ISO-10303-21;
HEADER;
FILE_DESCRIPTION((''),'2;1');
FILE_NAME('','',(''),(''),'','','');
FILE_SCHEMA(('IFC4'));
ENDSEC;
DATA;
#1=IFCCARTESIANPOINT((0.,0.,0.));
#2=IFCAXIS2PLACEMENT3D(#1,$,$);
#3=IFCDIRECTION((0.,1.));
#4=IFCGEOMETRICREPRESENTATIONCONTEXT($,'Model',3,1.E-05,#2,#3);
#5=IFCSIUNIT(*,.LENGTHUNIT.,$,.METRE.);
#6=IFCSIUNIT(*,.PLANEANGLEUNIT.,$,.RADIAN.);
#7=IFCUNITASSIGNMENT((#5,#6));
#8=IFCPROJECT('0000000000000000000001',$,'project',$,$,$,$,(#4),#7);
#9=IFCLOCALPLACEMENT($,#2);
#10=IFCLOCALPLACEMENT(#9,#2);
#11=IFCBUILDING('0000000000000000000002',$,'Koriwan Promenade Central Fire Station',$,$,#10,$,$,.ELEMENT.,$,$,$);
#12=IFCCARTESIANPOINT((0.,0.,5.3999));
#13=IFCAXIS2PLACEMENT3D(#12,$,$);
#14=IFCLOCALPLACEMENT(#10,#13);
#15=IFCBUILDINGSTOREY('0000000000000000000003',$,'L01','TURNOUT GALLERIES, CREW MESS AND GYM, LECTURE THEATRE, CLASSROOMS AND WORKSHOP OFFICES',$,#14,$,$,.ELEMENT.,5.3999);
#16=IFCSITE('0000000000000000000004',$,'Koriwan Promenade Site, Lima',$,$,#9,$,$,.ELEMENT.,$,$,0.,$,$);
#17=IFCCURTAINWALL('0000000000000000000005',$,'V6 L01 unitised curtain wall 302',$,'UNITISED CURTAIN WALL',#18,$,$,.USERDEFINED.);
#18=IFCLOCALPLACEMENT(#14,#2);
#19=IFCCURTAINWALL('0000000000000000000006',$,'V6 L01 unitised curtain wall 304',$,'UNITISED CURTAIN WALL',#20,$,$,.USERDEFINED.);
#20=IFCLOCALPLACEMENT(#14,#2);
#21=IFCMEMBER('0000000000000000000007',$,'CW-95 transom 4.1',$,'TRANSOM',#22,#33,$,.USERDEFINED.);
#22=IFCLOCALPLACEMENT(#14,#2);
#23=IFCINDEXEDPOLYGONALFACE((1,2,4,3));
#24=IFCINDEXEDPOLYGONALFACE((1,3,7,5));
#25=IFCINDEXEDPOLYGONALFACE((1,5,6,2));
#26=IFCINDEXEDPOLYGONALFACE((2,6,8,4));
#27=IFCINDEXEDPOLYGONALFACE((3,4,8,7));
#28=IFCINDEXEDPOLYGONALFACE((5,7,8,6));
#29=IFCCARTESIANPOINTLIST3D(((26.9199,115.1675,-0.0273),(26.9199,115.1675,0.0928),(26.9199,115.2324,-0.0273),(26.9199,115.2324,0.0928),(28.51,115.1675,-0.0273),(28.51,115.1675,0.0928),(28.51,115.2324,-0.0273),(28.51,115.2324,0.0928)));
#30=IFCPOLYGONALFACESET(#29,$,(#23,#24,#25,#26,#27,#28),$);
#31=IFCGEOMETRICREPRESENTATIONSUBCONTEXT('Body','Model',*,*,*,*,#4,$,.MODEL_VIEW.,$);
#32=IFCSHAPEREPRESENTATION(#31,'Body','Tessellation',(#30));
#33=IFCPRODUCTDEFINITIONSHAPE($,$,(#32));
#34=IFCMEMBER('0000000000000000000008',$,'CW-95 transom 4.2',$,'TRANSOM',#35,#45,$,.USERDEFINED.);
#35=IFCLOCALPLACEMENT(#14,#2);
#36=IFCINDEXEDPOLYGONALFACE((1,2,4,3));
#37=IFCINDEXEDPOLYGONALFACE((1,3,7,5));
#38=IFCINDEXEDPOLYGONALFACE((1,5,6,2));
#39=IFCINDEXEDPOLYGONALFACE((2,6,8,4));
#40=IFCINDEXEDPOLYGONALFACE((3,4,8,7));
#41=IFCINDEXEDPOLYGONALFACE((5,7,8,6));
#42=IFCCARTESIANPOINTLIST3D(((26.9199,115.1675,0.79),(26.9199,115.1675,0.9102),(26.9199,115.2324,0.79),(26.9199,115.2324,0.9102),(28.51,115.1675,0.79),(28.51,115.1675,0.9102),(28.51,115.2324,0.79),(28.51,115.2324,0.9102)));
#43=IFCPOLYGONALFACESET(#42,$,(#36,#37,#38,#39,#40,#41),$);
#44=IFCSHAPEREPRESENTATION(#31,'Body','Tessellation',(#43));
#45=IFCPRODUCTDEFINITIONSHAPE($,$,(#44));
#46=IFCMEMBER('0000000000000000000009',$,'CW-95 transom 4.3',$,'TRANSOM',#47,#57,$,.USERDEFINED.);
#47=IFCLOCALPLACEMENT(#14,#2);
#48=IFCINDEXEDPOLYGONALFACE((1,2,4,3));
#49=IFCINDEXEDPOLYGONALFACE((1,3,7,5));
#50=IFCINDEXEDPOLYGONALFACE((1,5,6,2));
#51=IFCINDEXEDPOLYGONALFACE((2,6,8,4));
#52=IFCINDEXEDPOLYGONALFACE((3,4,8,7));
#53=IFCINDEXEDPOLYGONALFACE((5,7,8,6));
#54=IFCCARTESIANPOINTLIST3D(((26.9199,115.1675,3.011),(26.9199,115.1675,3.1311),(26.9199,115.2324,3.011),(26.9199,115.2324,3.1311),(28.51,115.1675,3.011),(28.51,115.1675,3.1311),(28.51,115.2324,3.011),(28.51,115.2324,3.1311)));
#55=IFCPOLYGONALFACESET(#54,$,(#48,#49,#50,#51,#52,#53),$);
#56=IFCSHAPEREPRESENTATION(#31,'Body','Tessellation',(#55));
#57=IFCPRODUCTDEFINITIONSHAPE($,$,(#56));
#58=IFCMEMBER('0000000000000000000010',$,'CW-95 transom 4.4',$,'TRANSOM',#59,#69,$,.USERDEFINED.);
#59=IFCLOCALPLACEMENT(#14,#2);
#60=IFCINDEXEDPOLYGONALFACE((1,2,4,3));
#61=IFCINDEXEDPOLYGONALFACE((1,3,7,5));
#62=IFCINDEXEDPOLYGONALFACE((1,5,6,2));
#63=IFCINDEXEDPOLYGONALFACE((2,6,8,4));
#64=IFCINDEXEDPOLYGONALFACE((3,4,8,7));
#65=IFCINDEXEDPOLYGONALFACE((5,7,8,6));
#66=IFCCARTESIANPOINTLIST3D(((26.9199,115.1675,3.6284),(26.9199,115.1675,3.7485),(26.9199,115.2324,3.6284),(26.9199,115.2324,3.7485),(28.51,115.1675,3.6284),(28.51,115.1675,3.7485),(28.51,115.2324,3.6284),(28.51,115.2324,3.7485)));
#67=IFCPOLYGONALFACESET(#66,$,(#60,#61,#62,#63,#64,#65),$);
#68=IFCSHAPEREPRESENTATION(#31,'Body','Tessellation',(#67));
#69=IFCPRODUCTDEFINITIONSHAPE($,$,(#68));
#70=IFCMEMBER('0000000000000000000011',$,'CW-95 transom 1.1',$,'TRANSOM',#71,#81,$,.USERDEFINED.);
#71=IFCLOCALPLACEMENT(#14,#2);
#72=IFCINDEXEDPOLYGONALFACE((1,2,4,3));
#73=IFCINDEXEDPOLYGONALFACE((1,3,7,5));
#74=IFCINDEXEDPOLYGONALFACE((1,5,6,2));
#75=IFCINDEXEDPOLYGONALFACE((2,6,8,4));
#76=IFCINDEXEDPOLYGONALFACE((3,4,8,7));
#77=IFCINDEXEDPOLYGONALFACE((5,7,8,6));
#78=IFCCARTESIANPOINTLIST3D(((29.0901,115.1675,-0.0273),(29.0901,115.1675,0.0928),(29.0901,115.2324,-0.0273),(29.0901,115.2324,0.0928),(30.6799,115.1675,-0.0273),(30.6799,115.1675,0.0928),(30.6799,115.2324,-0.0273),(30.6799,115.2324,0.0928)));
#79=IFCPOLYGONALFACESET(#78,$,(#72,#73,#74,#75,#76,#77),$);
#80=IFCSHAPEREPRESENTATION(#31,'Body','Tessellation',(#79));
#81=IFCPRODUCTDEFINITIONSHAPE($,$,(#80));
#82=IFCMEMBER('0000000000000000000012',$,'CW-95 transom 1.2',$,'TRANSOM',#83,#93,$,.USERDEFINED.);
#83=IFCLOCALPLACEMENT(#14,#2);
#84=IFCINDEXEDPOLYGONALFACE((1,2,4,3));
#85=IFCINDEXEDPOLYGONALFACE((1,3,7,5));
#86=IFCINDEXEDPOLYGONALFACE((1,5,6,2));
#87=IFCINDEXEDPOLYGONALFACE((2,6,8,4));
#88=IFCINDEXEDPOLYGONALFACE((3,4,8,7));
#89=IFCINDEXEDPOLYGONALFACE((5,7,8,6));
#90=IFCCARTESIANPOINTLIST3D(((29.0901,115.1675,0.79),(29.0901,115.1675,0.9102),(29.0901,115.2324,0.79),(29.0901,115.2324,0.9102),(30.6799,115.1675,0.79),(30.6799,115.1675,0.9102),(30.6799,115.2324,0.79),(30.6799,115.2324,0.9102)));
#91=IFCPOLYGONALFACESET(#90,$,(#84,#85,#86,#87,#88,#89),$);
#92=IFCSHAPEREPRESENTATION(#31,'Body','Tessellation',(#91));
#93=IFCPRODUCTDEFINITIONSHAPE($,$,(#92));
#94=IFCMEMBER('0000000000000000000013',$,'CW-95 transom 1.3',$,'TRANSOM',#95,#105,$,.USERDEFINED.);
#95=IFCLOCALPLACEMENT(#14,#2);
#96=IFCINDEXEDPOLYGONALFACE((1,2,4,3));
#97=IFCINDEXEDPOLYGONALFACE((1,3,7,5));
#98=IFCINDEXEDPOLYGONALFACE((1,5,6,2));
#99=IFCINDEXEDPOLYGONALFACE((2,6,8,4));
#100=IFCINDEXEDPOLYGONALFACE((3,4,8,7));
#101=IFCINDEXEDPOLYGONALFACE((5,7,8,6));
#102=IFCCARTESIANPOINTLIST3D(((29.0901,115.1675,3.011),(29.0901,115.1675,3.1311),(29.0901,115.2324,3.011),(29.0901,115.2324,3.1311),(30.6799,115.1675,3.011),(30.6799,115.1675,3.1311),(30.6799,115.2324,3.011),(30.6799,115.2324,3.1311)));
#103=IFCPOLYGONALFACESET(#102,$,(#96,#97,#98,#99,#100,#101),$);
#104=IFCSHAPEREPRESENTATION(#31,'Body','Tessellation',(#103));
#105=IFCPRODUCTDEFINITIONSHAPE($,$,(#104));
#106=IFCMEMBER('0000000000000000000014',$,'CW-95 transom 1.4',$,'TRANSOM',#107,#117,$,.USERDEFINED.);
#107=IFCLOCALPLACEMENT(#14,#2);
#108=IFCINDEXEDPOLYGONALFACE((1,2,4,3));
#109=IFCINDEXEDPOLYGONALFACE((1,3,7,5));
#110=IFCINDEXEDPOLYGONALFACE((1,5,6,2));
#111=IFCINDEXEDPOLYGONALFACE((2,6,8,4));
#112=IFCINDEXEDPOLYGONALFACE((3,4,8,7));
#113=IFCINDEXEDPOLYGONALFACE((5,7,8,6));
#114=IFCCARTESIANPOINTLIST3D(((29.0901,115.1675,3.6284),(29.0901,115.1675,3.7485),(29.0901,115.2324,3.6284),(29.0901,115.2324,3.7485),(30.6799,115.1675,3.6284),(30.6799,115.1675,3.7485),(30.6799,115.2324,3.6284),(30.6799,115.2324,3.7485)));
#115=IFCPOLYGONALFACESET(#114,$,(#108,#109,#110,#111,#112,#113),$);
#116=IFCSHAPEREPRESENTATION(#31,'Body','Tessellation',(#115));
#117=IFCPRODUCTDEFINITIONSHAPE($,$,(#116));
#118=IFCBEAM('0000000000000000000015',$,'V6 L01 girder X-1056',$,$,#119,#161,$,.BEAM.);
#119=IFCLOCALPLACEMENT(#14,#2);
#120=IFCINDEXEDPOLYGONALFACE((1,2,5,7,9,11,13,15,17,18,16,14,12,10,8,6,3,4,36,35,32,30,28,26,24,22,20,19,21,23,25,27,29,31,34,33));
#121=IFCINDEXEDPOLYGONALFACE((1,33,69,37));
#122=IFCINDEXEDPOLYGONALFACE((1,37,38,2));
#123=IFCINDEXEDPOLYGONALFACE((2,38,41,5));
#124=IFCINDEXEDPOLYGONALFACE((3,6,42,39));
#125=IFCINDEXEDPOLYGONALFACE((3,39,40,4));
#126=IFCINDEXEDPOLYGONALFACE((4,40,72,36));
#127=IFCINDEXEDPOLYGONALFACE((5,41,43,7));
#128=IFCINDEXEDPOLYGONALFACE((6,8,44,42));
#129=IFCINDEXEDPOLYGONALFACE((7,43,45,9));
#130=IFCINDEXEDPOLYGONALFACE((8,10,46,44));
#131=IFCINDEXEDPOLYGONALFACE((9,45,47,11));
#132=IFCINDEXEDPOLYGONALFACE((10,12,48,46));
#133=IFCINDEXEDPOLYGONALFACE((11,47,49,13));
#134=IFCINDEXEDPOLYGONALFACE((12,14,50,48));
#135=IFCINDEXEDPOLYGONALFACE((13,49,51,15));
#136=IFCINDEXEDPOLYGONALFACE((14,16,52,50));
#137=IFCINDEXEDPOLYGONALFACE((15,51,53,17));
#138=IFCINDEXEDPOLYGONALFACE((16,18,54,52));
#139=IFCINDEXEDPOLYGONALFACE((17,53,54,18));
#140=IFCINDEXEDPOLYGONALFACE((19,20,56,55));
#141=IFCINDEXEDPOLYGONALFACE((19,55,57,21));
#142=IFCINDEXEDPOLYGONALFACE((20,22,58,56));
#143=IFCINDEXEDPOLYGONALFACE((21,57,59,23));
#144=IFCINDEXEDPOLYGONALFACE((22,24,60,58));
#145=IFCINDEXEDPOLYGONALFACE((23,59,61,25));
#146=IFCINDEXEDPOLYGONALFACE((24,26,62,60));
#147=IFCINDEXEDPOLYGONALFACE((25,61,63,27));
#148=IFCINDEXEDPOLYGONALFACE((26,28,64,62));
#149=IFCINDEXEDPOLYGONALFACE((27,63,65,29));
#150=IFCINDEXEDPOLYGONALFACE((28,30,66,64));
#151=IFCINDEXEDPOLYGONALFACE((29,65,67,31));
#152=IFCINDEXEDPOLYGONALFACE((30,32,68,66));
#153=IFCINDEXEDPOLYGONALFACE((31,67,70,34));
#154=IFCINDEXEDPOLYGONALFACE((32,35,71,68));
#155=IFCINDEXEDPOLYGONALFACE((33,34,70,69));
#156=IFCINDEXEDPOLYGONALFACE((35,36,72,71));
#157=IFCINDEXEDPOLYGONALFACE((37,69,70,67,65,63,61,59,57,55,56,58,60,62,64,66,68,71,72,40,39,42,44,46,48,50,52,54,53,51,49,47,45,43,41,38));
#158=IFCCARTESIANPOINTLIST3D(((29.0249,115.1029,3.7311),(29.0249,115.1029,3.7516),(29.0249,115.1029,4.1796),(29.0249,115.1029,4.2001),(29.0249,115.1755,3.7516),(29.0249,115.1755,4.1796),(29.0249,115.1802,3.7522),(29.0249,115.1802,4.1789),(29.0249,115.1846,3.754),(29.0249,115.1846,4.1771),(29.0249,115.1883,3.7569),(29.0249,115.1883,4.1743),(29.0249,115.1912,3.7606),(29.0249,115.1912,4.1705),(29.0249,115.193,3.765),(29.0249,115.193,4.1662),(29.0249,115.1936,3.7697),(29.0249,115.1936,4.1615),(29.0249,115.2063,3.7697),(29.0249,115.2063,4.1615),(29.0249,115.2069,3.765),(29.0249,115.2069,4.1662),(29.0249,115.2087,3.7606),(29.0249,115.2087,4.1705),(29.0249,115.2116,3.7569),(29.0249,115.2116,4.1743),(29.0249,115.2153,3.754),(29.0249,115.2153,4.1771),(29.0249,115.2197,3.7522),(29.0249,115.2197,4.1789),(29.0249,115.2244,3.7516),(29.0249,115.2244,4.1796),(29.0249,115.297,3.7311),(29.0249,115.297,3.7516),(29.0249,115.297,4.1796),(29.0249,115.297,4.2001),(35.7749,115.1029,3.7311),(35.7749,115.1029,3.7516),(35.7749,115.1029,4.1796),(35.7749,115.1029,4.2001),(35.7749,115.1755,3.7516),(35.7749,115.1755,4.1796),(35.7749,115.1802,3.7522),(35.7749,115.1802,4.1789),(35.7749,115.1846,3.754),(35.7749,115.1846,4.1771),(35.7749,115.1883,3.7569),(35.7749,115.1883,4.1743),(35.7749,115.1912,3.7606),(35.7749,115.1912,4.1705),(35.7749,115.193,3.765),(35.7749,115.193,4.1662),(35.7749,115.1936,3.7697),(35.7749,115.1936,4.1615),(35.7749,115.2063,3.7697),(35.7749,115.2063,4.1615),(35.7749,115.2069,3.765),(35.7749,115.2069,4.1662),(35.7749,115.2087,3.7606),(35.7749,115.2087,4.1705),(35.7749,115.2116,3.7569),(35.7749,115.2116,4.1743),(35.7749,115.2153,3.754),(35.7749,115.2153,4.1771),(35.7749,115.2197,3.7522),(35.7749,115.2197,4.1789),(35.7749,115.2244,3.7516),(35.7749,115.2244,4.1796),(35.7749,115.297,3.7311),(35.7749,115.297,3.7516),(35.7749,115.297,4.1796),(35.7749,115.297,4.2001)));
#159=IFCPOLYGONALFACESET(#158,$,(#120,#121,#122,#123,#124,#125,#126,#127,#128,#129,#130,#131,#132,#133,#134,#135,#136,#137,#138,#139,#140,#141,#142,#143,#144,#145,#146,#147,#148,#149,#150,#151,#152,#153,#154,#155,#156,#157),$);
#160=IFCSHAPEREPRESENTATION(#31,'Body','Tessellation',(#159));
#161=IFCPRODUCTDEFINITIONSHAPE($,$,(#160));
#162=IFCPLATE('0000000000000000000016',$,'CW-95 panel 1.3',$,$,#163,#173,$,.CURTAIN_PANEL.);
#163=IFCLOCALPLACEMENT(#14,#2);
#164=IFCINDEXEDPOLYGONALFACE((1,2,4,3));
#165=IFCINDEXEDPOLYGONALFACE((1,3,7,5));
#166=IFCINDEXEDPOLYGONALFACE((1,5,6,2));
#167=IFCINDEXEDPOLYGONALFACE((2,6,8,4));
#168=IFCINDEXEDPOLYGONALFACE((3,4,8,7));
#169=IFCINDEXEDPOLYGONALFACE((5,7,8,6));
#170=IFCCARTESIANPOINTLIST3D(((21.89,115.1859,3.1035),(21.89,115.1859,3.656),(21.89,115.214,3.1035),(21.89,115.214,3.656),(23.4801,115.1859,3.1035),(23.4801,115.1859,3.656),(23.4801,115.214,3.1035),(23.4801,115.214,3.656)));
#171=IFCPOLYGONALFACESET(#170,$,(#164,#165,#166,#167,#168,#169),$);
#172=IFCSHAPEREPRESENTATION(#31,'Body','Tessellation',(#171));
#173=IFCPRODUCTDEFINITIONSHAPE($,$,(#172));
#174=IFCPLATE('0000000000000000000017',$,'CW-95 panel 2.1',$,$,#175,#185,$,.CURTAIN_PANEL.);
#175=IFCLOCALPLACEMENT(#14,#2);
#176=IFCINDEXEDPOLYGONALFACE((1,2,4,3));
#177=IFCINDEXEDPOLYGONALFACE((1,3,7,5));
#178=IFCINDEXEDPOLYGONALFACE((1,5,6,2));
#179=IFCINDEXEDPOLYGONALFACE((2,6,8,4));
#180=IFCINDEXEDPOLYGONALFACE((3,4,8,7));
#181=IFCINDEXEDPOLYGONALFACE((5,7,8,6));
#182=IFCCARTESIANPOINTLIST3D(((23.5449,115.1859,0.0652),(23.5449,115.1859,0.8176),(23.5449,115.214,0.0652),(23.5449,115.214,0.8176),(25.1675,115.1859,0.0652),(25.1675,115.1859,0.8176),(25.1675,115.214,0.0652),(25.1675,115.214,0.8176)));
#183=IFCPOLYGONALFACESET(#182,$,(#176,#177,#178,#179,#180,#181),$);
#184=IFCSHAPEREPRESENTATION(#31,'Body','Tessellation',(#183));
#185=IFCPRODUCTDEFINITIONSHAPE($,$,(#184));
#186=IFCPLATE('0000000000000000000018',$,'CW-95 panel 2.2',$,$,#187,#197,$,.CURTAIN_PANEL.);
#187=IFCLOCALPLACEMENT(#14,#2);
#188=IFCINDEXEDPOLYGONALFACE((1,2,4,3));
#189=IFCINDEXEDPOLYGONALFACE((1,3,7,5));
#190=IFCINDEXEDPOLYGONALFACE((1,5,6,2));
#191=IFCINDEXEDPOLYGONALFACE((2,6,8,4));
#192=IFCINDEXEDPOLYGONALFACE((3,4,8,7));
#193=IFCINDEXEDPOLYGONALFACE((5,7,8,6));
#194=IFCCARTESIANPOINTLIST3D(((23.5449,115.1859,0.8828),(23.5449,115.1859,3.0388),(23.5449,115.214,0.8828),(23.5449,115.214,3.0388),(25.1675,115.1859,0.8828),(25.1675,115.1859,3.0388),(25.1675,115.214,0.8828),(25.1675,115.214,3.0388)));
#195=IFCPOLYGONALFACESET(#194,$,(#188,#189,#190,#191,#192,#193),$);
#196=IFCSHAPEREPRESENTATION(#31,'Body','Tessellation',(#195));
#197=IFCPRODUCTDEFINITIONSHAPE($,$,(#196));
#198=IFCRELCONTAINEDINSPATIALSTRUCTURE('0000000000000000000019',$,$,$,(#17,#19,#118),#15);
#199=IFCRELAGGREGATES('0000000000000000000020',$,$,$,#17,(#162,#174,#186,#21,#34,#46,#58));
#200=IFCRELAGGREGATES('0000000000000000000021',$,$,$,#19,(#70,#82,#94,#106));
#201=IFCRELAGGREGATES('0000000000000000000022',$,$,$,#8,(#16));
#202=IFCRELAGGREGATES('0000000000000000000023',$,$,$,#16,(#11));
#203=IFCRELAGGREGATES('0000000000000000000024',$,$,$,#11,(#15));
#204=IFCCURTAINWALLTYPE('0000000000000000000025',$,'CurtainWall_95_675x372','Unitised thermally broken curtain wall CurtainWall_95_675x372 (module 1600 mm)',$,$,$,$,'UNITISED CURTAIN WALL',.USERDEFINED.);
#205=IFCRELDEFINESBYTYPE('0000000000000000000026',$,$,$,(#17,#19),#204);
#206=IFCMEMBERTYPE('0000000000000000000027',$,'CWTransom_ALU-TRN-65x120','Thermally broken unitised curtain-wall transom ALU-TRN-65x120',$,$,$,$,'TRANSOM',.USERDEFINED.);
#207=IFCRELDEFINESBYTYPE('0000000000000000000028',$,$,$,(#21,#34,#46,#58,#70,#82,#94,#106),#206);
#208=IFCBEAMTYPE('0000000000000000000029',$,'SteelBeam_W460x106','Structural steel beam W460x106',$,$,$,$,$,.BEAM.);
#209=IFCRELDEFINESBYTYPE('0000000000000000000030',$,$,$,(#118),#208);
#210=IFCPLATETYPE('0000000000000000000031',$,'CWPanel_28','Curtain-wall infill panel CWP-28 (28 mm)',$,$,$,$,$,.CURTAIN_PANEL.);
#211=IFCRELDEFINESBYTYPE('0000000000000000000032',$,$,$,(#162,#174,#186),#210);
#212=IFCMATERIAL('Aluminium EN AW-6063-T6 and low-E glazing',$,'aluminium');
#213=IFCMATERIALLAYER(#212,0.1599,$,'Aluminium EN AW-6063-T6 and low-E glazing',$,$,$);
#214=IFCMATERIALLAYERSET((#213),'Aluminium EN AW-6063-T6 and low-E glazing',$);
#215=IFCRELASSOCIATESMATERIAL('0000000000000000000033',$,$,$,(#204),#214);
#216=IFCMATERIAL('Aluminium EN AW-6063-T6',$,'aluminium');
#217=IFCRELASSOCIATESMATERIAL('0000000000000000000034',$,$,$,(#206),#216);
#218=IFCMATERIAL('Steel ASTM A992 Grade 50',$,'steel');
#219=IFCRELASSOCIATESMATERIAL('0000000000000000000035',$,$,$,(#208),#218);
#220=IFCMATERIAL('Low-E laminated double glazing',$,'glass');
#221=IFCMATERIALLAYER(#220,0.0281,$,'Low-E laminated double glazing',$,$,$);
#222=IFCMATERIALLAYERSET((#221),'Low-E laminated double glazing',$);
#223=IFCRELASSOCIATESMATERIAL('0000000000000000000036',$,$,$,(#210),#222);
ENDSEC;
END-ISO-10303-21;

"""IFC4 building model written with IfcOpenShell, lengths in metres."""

from ifc_helpers import new_model, si_unit, direction, frame, origin, origin_2d, place, context, subcontext, project, spatial, rectangle, i_section, extrude, material, layer, layer_set, material_profile, profile_set, type_object, element, aggregate, save


model = new_model("IFC4")

# Units and contexts
model_context = context("Model", 3, precision=1e-05, world=origin(), true_north=direction((0.0, 1.0)))
body_context = subcontext(model_context, "Body", "Model", "MODEL_VIEW")
ifc_project = project(units=[si_unit("LENGTHUNIT", "METRE"), si_unit("PLANEANGLEUNIT", "RADIAN")], contexts=[model_context])

# Site, building, storey
site_placement = place(None, origin())
site = spatial("IfcSite", under=ifc_project, at=site_placement, Name="Koriwan Promenade Site, Lima", CompositionType="ELEMENT", RefElevation=0.0)
building_placement = place(site_placement, origin())
building = spatial("IfcBuilding", under=site, at=building_placement, Name="Koriwan Promenade Central Fire Station", CompositionType="ELEMENT")
storey_placement = place(building_placement, frame((0.0, 0.0, 5.3999)))
storey = spatial("IfcBuildingStorey", under=building, at=storey_placement, Name="L01", Description="TURNOUT GALLERIES, CREW MESS AND GYM, LECTURE THEATRE, CLASSROOMS AND WORKSHOP OFFICES", CompositionType="ELEMENT", Elevation=5.3999)

# Curtain wall
ifc_material_1 = material(Name="Aluminium EN AW-6063-T6 and low-E glazing", Category="aluminium")
ifc_layer_1 = layer(ifc_material_1, 0.1599, Name="Aluminium EN AW-6063-T6 and low-E glazing")
ifc_layer_set_1 = layer_set([ifc_layer_1], Name="Aluminium EN AW-6063-T6 and low-E glazing")
curtain_wall_type = type_object("IfcCurtainWallType", Name="CurtainWall_95_675x372", Description="Unitised thermally broken curtain wall CurtainWall_95_675x372 (module 1600 mm)", ElementType="UNITISED CURTAIN WALL", PredefinedType="USERDEFINED", material=ifc_layer_set_1)
curtain_wall_1_placement = place(storey_placement, origin())
curtain_wall_1 = element("IfcCurtainWall", 1, at=curtain_wall_1_placement, inside=storey, type_object=curtain_wall_type, Name="V6 L01 unitised curtain wall 302", ObjectType="UNITISED CURTAIN WALL", PredefinedType="USERDEFINED")
ifc_material_2 = material(Name="Aluminium EN AW-6063-T6", Category="aluminium")

# Curtain wall
curtain_wall_2_placement = place(storey_placement, origin())
curtain_wall_2 = element("IfcCurtainWall", 2, at=curtain_wall_2_placement, inside=storey, type_object=curtain_wall_type, Name="V6 L01 unitised curtain wall 304", ObjectType="UNITISED CURTAIN WALL", PredefinedType="USERDEFINED")

# Members
ifc_material_profile_1 = material_profile(ifc_material_2, rectangle(XDim=0.0649, YDim=0.1201, at=origin_2d()), Name="ALU-TRN-65x120")
ifc_profile_set_1 = profile_set([ifc_material_profile_1], Name="Aluminium EN AW-6063-T6")
member_type_1 = type_object("IfcMemberType", Name="CWTransom_ALU-TRN-65x120", Description="Thermally broken unitised curtain-wall transom ALU-TRN-65x120", ElementType="TRANSOM", PredefinedType="USERDEFINED", material=ifc_profile_set_1)
member_1_placement = place(storey_placement, frame((26.9199, 115.2, 0.0327), z_axis=(1.0, 0.0, 0.0), x_axis=(0.0, 1.0, 0.0)))
member_1 = element("IfcMember", 3, at=member_1_placement, type_object=member_type_1, Name="CW-95 transom 4.1", ObjectType="TRANSOM", PredefinedType="USERDEFINED", context=body_context, shape_type="SweptSolid", body=[
    extrude(rectangle(XDim=0.0649, YDim=0.1201, at=origin_2d()), origin(), (0.0, 0.0, 1.0), 1.5901),
])
member_2_placement = place(storey_placement, frame((26.9199, 115.2, 0.8501), z_axis=(1.0, 0.0, 0.0), x_axis=(0.0, 1.0, 0.0)))
member_2 = element("IfcMember", 4, at=member_2_placement, type_object=member_type_1, Name="CW-95 transom 4.2", ObjectType="TRANSOM", PredefinedType="USERDEFINED", context=body_context, shape_type="SweptSolid", body=[
    extrude(rectangle(XDim=0.0649, YDim=0.1201, at=origin_2d()), origin(), (0.0, 0.0, 1.0), 1.5901),
])
member_3_placement = place(storey_placement, frame((26.9199, 115.2, 3.071), z_axis=(1.0, 0.0, 0.0), x_axis=(0.0, 1.0, 0.0)))
member_3 = element("IfcMember", 5, at=member_3_placement, type_object=member_type_1, Name="CW-95 transom 4.3", ObjectType="TRANSOM", PredefinedType="USERDEFINED", context=body_context, shape_type="SweptSolid", body=[
    extrude(rectangle(XDim=0.0649, YDim=0.1201, at=origin_2d()), origin(), (0.0, 0.0, 1.0), 1.5901),
])
member_4_placement = place(storey_placement, frame((26.9199, 115.2, 3.6885), z_axis=(1.0, 0.0, 0.0), x_axis=(0.0, 1.0, 0.0)))
member_4 = element("IfcMember", 6, at=member_4_placement, type_object=member_type_1, Name="CW-95 transom 4.4", ObjectType="TRANSOM", PredefinedType="USERDEFINED", context=body_context, shape_type="SweptSolid", body=[
    extrude(rectangle(XDim=0.0649, YDim=0.1201, at=origin_2d()), origin(), (0.0, 0.0, 1.0), 1.5901),
])
member_5_placement = place(storey_placement, frame((29.0901, 115.2, 0.0327), z_axis=(1.0, 0.0, 0.0), x_axis=(0.0, 1.0, 0.0)))
member_5 = element("IfcMember", 7, at=member_5_placement, type_object=member_type_1, Name="CW-95 transom 1.1", ObjectType="TRANSOM", PredefinedType="USERDEFINED", context=body_context, shape_type="SweptSolid", body=[
    extrude(rectangle(XDim=0.0649, YDim=0.1201, at=origin_2d()), origin(), (0.0, 0.0, 1.0), 1.5898),
])
member_6_placement = place(storey_placement, frame((29.0901, 115.2, 0.8501), z_axis=(1.0, 0.0, 0.0), x_axis=(0.0, 1.0, 0.0)))
member_6 = element("IfcMember", 8, at=member_6_placement, type_object=member_type_1, Name="CW-95 transom 1.2", ObjectType="TRANSOM", PredefinedType="USERDEFINED", context=body_context, shape_type="SweptSolid", body=[
    extrude(rectangle(XDim=0.0649, YDim=0.1201, at=origin_2d()), origin(), (0.0, 0.0, 1.0), 1.5898),
])
member_7_placement = place(storey_placement, frame((29.0901, 115.2, 3.071), z_axis=(1.0, 0.0, 0.0), x_axis=(0.0, 1.0, 0.0)))
member_7 = element("IfcMember", 9, at=member_7_placement, type_object=member_type_1, Name="CW-95 transom 1.3", ObjectType="TRANSOM", PredefinedType="USERDEFINED", context=body_context, shape_type="SweptSolid", body=[
    extrude(rectangle(XDim=0.0649, YDim=0.1201, at=origin_2d()), origin(), (0.0, 0.0, 1.0), 1.5898),
])
member_8_placement = place(storey_placement, frame((29.0901, 115.2, 3.6885), z_axis=(1.0, 0.0, 0.0), x_axis=(0.0, 1.0, 0.0)))
member_8 = element("IfcMember", 10, at=member_8_placement, type_object=member_type_1, Name="CW-95 transom 1.4", ObjectType="TRANSOM", PredefinedType="USERDEFINED", context=body_context, shape_type="SweptSolid", body=[
    extrude(rectangle(XDim=0.0649, YDim=0.1201, at=origin_2d()), origin(), (0.0, 0.0, 1.0), 1.5898),
])

# Beam
ifc_material_3 = material(Name="Steel ASTM A992 Grade 50", Category="steel")
ifc_material_profile_2 = material_profile(ifc_material_3, i_section(OverallWidth=0.1941, OverallDepth=0.469, WebThickness=0.0127, FlangeThickness=0.0205, FilletRadius=0.0181, at=origin_2d()), Name="W460x106")
ifc_profile_set_2 = profile_set([ifc_material_profile_2], Name="Steel ASTM A992 Grade 50")
beam_type = type_object("IfcBeamType", Name="SteelBeam_W460x106", Description="Structural steel beam W460x106", PredefinedType="BEAM", material=ifc_profile_set_2)
beam_placement = place(storey_placement, frame((29.0249, 115.2, 3.9656), z_axis=(1.0, 0.0, 0.0), x_axis=(0.0, 1.0, 0.0)))
element("IfcBeam", 11, at=beam_placement, inside=storey, type_object=beam_type, Name="V6 L01 girder X-1056", PredefinedType="BEAM", context=body_context, shape_type="SweptSolid", body=[
    extrude(i_section(OverallWidth=0.1941, OverallDepth=0.469, WebThickness=0.0127, FlangeThickness=0.0205, FilletRadius=0.0181, at=origin_2d()), origin(), (0.0, 0.0, 1.0), 6.75),
])

# Plates
ifc_material_4 = material(Name="Low-E laminated double glazing", Category="glass")
ifc_layer_2 = layer(ifc_material_4, 0.0281, Name="Low-E laminated double glazing")
ifc_layer_set_2 = layer_set([ifc_layer_2], Name="Low-E laminated double glazing")
plate_type = type_object("IfcPlateType", Name="CWPanel_28", Description="Curtain-wall infill panel CWP-28 (28 mm)", PredefinedType="CURTAIN_PANEL", material=ifc_layer_set_2)
plate_1_placement = place(storey_placement, frame((22.6851, 115.2, 3.1035), z_axis=(0.0, 0.0, 1.0), x_axis=(1.0, 0.0, 0.0)))
plate_1 = element("IfcPlate", 12, at=plate_1_placement, type_object=plate_type, Name="CW-95 panel 1.3", PredefinedType="CURTAIN_PANEL", context=body_context, shape_type="SweptSolid", body=[
    extrude(rectangle(XDim=1.5901, YDim=0.0281, at=origin_2d()), origin(), (0.0, 0.0, 1.0), 0.5525),
])
plate_2_placement = place(storey_placement, frame((24.3562, 115.2, 0.0652), z_axis=(0.0, 0.0, 1.0), x_axis=(1.0, 0.0, 0.0)))
plate_2 = element("IfcPlate", 13, at=plate_2_placement, type_object=plate_type, Name="CW-95 panel 2.1", PredefinedType="CURTAIN_PANEL", context=body_context, shape_type="SweptSolid", body=[
    extrude(rectangle(XDim=1.6226, YDim=0.0281, at=origin_2d()), origin(), (0.0, 0.0, 1.0), 0.7524),
])
plate_3_placement = place(storey_placement, frame((24.3562, 115.2, 0.8828), z_axis=(0.0, 0.0, 1.0), x_axis=(1.0, 0.0, 0.0)))
plate_3 = element("IfcPlate", 14, at=plate_3_placement, type_object=plate_type, Name="CW-95 panel 2.2", PredefinedType="CURTAIN_PANEL", context=body_context, shape_type="SweptSolid", body=[
    extrude(rectangle(XDim=1.6226, YDim=0.0281, at=origin_2d()), origin(), (0.0, 0.0, 1.0), 2.156),
])
aggregate(curtain_wall_1, [plate_1, plate_2, plate_3, member_1, member_2, member_3, member_4])
aggregate(curtain_wall_2, [member_5, member_6, member_7, member_8])

save(model, "model.ifc")
